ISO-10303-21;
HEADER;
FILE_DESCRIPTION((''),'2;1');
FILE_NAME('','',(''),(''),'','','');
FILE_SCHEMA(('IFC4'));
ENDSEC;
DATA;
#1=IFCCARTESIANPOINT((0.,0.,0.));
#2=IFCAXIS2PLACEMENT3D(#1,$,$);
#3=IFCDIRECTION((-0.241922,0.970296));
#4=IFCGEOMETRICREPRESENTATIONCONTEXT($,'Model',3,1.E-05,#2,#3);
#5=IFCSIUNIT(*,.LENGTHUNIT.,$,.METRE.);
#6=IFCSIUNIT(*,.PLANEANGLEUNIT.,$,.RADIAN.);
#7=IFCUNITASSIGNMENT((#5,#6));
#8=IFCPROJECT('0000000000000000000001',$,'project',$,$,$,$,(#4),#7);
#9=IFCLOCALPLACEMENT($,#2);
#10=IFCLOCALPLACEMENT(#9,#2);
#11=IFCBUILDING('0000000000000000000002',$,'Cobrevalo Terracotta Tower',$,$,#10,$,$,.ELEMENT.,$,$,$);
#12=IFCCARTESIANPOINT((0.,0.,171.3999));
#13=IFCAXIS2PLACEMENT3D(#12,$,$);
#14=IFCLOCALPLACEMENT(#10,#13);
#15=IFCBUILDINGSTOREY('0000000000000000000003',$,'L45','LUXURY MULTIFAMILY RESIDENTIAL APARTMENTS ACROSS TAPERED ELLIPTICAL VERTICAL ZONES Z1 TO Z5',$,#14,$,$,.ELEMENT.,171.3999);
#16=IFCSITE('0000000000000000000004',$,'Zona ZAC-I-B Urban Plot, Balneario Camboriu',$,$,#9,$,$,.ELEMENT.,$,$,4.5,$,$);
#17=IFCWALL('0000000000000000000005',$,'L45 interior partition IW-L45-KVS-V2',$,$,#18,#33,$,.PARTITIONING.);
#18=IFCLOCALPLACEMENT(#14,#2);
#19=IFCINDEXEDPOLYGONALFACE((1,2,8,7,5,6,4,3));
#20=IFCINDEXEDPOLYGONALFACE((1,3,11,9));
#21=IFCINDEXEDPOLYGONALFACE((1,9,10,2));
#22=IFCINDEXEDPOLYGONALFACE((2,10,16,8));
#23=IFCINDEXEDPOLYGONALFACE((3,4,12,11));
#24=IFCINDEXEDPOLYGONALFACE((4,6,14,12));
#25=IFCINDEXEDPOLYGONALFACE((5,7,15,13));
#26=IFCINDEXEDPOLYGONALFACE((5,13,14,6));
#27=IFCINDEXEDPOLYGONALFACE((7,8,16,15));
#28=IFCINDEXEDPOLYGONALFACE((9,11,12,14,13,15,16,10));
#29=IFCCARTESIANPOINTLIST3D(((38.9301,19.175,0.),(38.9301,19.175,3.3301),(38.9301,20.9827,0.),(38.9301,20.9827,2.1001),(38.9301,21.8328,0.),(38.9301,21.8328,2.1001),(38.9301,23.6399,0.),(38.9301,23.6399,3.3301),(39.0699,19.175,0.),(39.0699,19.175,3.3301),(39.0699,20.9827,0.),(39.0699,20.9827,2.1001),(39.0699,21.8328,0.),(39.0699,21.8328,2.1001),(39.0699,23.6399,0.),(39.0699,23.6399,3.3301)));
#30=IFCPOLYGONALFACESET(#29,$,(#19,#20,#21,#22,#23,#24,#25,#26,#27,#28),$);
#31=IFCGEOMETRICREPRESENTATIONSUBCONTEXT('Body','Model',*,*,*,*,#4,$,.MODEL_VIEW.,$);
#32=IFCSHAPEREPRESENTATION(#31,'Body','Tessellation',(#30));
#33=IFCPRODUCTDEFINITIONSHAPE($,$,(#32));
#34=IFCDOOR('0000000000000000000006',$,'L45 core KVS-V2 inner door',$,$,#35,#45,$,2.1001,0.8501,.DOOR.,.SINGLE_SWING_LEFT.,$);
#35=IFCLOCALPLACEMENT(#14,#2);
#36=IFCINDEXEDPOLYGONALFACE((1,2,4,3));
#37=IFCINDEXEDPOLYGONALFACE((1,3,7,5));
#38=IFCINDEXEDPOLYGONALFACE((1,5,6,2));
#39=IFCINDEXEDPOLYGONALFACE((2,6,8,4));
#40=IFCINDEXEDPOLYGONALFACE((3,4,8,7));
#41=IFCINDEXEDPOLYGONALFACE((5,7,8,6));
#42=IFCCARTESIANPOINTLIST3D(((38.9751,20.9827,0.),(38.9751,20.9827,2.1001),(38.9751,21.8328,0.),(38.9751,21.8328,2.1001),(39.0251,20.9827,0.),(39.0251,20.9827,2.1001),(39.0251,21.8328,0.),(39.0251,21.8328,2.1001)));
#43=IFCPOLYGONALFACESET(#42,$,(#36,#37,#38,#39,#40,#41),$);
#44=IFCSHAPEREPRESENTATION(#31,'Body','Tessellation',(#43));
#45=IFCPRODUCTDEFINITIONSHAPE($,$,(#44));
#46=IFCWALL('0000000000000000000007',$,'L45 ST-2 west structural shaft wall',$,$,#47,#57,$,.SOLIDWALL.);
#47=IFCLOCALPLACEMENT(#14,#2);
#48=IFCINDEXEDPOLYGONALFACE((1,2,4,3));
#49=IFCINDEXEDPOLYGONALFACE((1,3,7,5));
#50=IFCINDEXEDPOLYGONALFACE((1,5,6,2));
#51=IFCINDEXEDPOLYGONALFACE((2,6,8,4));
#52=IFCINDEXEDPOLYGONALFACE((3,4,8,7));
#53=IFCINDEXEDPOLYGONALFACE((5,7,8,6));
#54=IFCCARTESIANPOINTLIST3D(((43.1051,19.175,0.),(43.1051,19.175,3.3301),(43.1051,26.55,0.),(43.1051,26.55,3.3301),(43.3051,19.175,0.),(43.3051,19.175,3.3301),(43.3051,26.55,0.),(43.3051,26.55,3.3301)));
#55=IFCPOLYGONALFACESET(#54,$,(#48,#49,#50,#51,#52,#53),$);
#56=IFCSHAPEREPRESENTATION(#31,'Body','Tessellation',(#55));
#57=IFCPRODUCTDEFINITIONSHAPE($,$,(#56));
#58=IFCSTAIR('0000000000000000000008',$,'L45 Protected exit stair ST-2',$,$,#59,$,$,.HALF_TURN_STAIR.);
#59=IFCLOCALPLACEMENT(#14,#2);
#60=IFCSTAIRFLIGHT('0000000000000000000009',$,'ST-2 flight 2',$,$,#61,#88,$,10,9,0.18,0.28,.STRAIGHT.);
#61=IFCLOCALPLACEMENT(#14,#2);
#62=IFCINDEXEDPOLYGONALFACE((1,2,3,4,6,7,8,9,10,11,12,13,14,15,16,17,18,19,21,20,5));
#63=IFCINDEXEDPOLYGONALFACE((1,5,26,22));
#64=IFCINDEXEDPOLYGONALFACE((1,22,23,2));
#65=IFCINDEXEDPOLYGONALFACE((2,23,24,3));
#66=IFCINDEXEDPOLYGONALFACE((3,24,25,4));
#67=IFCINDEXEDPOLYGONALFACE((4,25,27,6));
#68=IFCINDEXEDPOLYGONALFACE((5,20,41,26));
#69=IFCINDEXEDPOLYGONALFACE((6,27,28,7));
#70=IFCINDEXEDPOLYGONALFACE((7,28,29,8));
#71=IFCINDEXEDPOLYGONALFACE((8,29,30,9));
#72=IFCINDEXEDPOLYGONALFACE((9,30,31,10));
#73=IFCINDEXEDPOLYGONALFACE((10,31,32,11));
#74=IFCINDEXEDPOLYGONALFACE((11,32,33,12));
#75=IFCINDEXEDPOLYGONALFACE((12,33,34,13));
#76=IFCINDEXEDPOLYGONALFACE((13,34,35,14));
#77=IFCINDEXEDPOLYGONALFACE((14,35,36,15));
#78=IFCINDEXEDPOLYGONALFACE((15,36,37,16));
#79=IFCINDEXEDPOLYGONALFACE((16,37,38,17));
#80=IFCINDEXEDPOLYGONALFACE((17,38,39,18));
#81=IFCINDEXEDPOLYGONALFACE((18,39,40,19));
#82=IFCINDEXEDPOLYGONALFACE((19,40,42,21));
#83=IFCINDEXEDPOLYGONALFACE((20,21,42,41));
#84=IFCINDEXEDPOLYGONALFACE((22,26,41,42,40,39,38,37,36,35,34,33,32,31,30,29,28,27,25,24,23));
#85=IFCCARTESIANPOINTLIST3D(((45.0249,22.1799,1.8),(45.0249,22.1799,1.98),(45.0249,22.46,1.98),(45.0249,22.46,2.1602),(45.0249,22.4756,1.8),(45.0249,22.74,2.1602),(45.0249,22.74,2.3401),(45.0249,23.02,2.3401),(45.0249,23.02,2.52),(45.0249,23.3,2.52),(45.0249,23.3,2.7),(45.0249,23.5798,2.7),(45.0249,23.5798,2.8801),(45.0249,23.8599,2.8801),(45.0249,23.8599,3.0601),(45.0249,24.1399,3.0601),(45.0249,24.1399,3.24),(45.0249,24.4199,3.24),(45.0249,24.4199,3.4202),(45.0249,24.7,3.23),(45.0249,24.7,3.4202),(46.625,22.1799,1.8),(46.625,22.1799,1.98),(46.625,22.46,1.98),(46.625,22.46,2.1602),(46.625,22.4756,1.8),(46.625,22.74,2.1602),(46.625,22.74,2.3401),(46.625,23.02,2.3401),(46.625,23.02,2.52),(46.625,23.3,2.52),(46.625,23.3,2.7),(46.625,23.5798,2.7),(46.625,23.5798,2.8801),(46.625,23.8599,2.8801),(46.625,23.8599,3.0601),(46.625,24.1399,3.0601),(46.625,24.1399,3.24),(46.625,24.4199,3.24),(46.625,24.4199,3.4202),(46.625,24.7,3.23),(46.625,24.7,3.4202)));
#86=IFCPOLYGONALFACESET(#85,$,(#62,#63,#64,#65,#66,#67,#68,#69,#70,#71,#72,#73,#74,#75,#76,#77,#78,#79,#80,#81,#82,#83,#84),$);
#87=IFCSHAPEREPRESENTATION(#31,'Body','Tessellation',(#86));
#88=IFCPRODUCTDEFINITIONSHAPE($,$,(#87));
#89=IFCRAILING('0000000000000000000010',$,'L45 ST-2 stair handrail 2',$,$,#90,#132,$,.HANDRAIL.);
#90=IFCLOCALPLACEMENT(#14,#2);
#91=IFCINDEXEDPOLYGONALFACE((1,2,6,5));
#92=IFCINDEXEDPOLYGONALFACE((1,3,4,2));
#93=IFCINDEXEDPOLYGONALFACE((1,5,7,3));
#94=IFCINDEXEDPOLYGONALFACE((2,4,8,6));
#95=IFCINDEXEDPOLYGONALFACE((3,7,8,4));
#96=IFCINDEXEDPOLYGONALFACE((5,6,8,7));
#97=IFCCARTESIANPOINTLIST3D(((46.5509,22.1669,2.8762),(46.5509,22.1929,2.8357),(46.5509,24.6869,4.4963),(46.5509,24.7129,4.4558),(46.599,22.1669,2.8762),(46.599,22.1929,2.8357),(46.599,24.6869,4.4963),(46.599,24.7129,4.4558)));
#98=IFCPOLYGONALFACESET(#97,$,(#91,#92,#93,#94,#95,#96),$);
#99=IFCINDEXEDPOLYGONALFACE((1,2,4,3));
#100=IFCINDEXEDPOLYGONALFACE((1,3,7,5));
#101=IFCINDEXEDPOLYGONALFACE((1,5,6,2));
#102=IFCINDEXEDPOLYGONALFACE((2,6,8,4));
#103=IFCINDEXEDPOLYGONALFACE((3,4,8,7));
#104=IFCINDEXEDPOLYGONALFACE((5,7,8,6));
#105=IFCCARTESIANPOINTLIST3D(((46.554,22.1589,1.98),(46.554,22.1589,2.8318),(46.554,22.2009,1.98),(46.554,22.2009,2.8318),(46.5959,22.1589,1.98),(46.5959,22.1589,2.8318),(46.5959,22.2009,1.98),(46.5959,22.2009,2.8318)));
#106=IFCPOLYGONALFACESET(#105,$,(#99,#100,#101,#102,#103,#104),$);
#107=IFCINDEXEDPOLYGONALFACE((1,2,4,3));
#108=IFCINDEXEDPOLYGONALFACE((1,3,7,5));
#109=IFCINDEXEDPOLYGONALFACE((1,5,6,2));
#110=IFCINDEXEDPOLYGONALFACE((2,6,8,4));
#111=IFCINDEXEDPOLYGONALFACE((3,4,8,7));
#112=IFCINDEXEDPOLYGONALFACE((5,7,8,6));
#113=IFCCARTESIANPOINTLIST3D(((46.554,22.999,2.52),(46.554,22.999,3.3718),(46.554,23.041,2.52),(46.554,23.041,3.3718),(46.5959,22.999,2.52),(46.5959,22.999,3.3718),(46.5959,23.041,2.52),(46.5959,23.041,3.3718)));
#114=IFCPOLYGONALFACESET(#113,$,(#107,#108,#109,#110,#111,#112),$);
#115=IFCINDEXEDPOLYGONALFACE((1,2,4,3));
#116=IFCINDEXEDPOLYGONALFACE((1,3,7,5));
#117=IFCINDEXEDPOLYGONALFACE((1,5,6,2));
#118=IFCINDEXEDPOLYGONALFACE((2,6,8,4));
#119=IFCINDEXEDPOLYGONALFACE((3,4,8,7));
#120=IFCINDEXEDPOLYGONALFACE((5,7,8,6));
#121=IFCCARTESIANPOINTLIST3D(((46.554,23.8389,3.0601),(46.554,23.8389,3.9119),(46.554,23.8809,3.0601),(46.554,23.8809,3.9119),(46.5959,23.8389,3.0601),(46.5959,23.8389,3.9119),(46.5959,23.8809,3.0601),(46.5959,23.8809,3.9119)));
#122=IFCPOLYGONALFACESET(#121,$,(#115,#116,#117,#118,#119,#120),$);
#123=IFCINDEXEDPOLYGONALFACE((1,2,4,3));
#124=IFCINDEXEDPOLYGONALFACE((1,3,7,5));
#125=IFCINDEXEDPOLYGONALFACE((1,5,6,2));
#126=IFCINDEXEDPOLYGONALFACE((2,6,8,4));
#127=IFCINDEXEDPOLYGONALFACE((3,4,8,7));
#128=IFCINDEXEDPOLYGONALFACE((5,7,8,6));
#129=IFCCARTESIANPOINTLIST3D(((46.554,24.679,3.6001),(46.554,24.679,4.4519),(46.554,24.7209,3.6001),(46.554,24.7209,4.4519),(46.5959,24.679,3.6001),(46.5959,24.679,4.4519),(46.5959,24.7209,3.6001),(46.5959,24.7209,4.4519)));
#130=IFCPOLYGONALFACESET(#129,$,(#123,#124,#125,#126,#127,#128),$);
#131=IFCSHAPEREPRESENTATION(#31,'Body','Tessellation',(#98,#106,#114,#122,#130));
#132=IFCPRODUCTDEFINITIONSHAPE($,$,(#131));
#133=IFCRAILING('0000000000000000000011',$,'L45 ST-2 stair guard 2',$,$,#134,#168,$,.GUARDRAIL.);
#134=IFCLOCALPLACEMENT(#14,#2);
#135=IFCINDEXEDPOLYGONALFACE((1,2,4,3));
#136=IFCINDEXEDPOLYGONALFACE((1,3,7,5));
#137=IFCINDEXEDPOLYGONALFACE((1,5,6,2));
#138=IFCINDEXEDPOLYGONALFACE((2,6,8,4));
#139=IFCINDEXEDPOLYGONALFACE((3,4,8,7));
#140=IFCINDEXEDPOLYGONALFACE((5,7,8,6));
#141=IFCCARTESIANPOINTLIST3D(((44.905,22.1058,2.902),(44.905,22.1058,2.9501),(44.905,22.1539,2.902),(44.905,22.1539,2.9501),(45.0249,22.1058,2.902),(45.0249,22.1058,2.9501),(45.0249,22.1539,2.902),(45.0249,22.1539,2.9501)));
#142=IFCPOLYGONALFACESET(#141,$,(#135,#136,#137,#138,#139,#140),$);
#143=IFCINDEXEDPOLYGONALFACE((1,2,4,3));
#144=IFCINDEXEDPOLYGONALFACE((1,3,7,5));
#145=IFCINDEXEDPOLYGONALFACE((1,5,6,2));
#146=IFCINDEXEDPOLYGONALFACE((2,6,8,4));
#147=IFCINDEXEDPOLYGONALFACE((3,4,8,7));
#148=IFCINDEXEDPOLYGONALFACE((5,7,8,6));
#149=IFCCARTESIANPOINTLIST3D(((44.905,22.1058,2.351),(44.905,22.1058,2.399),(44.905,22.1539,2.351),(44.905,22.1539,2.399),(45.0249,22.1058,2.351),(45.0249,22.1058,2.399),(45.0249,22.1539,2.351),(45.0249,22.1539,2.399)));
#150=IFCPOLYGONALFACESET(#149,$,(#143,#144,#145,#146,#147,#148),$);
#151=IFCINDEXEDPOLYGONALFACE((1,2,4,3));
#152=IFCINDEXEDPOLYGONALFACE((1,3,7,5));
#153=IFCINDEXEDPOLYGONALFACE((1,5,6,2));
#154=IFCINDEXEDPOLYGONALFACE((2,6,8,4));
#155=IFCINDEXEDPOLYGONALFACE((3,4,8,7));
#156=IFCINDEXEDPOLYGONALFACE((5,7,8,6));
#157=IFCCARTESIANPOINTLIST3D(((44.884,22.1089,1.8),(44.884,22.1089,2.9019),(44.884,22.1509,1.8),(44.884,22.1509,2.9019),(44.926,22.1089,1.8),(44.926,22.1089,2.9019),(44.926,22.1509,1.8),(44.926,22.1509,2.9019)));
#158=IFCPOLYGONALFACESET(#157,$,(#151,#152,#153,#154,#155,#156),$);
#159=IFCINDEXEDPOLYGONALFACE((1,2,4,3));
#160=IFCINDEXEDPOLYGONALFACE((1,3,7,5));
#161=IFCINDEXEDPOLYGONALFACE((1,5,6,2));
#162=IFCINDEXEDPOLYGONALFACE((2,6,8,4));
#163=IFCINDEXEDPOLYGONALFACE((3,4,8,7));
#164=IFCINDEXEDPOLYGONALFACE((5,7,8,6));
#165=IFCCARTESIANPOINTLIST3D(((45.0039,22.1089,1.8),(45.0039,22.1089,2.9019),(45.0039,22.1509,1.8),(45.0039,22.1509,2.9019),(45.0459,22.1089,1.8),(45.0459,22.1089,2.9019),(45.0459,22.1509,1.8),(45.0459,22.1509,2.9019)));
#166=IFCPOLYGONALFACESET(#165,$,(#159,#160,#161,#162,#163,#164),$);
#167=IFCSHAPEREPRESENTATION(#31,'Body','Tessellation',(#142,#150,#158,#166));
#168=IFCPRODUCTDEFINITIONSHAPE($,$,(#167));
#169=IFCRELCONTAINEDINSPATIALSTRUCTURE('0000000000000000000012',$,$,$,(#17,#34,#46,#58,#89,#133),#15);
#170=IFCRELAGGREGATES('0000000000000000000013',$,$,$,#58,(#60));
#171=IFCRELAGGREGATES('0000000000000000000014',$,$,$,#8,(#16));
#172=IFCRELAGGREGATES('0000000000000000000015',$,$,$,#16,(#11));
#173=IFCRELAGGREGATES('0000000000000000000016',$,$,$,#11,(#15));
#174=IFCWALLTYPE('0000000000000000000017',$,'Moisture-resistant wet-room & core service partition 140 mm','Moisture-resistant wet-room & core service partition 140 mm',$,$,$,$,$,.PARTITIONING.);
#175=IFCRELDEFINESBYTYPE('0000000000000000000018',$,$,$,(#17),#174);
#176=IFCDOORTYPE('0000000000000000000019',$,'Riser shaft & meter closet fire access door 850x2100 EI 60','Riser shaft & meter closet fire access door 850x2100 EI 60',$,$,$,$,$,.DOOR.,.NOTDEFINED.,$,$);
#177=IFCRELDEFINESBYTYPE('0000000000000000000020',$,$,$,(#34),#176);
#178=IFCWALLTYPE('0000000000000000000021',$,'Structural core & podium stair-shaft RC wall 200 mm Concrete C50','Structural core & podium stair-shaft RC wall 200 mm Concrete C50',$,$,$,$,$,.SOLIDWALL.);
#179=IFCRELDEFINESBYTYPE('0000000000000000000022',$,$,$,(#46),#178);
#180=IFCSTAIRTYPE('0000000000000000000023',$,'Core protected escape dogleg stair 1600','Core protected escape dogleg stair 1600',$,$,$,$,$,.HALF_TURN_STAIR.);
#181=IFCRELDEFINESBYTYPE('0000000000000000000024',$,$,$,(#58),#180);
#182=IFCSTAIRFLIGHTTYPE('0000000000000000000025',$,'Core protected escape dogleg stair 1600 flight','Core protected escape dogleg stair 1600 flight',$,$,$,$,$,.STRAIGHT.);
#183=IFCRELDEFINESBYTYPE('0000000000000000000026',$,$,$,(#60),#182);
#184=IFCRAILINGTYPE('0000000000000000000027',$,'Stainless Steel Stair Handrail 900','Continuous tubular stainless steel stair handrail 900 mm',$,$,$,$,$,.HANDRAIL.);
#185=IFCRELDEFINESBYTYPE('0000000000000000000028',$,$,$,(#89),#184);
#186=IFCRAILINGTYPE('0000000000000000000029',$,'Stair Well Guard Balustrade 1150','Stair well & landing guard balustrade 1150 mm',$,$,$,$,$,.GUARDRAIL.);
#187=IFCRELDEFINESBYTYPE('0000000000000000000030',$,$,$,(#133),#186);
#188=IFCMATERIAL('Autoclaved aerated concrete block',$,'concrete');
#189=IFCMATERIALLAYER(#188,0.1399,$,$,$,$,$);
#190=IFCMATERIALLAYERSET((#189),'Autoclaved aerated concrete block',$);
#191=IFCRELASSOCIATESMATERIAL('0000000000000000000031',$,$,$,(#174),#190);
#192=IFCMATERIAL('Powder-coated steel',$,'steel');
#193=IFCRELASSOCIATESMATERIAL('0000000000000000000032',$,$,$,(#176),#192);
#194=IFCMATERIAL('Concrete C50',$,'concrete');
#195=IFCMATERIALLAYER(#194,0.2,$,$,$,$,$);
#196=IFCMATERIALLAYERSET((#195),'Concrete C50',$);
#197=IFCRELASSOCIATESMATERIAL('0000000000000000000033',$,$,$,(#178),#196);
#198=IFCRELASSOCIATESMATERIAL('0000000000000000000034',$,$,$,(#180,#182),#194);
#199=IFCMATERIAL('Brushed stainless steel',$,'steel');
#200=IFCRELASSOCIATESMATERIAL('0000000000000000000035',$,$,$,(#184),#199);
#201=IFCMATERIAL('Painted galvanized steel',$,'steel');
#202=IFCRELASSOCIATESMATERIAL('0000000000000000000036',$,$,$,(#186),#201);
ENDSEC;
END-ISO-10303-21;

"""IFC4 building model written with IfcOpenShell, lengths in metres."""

from ifc_helpers import new_model, si_unit, direction, frame, frame_2d, origin, origin_2d, place, context, subcontext, project, spatial, polyline, rectangle, outline, extrude, source, transform, mapped, material, layer, layer_set, type_object, element, fill, aggregate, save


model = new_model("IFC4")

# Units and contexts
model_context = context("Model", 3, precision=1e-05, world=origin(), true_north=direction((-0.241922, 0.970296)))
body_context = subcontext(model_context, "Body", "Model", "MODEL_VIEW")
ifc_project = project(units=[si_unit("LENGTHUNIT", "METRE"), si_unit("PLANEANGLEUNIT", "RADIAN")], contexts=[model_context])

# Site, building, storey
site_placement = place(None, origin())
site = spatial("IfcSite", under=ifc_project, at=site_placement, Name="Zona ZAC-I-B Urban Plot, Balneario Camboriu", CompositionType="ELEMENT", RefElevation=4.5)
building_placement = place(site_placement, origin())
building = spatial("IfcBuilding", under=site, at=building_placement, Name="Cobrevalo Terracotta Tower", CompositionType="ELEMENT")
storey_placement = place(building_placement, frame((0.0, 0.0, 171.3999)))
storey = spatial("IfcBuildingStorey", under=building, at=storey_placement, Name="L45", Description="LUXURY MULTIFAMILY RESIDENTIAL APARTMENTS ACROSS TAPERED ELLIPTICAL VERTICAL ZONES Z1 TO Z5", CompositionType="ELEMENT", Elevation=171.3999)

# Shared definitions
ifc_material_1 = material(Name="Autoclaved aerated concrete block", Category="concrete")

# Shared definitions
ifc_material_2 = material(Name="Concrete C50", Category="concrete")

# Shared definitions
ifc_layer_1 = layer(ifc_material_1, 0.1399)
ifc_layer_set_1 = layer_set([ifc_layer_1], Name="Autoclaved aerated concrete block")
wall_type_1 = type_object("IfcWallType", Name="Moisture-resistant wet-room & core service partition 140 mm", Description="Moisture-resistant wet-room & core service partition 140 mm", PredefinedType="PARTITIONING", material=ifc_layer_set_1)

# Wall, opening, door
ifc_material_3 = material(Name="Powder-coated steel", Category="steel")
door_type_1 = type_object("IfcDoorType", Name="Riser shaft & meter closet fire access door 850x2100 EI 60", Description="Riser shaft & meter closet fire access door 850x2100 EI 60", OperationType="NOTDEFINED", PredefinedType="DOOR", material=ifc_material_3)
shared_shape_1 = source(origin(), body_context, "Body", "SweptSolid", [
    extrude(rectangle(XDim=0.8501, YDim=2.1001, at=frame_2d((0.425, 1.05))), frame((0.0, 0.0249, 0.0), z_axis=(0.0, -1.0, 0.0), x_axis=(1.0, 0.0, 0.0)), (0.0, 0.0, 1.0), 0.05),
])
wall_1_placement = place(storey_placement, frame((39.0, 19.175, 0.0), z_axis=(0.0, 0.0, 1.0), x_axis=(0.0, 1.0, 0.0)))
wall_1 = element("IfcWall", 1, at=wall_1_placement, inside=storey, type_object=wall_type_1, Name="L45 interior partition IW-L45-KVS-V2", PredefinedType="PARTITIONING", context=body_context, shape_type="SweptSolid", body=[
    extrude(rectangle(XDim=4.4648, YDim=0.1399, at=frame_2d((2.2324, 0.0))), origin(), (0.0, 0.0, 1.0), 3.3301),
])
opening_1_placement = place(wall_1_placement, frame((1.8076, 0.0, 0.0)))
opening_1 = element("IfcOpeningElement", 2, at=opening_1_placement, cuts=wall_1, PredefinedType="OPENING", context=body_context, shape_type="SweptSolid", body=[
    extrude(rectangle(XDim=0.8501, YDim=2.1001, at=frame_2d((0.425, 1.05))), frame((0.0, 0.0801, 0.0), z_axis=(0.0, -1.0, 0.0), x_axis=(1.0, 0.0, 0.0)), (0.0, 0.0, 1.0), 0.1599),
])
door_1_placement = place(opening_1_placement, origin())
door_1 = element("IfcDoor", 3, at=door_1_placement, inside=storey, type_object=door_type_1, Name="L45 core KVS-V2 inner door", OperationType="SINGLE_SWING_LEFT", OverallHeight=2.1001, OverallWidth=0.8501, PredefinedType="DOOR", context=body_context, shape_type="MappedRepresentation", body=[
    mapped(shared_shape_1, transform((0.0, 0.0, 0.0), scale=1.0)),
])
fill(opening_1, door_1)

# Wall
ifc_layer_2 = layer(ifc_material_2, 0.2)
ifc_layer_set_2 = layer_set([ifc_layer_2], Name="Concrete C50")
wall_type_2 = type_object("IfcWallType", Name="Structural core & podium stair-shaft RC wall 200 mm Concrete C50", Description="Structural core & podium stair-shaft RC wall 200 mm Concrete C50", PredefinedType="SOLIDWALL", material=ifc_layer_set_2)
wall_2_placement = place(storey_placement, frame((43.2051, 19.175, 0.0), z_axis=(0.0, 0.0, 1.0), x_axis=(0.0, 1.0, 0.0)))
element("IfcWall", 4, at=wall_2_placement, inside=storey, type_object=wall_type_2, Name="L45 ST-2 west structural shaft wall", PredefinedType="SOLIDWALL", context=body_context, shape_type="SweptSolid", body=[
    extrude(rectangle(XDim=7.375, YDim=0.2, at=frame_2d((3.6875, 0.0))), origin(), (0.0, 0.0, 1.0), 3.3301),
])

# Stair, stair flight
stair_type = type_object("IfcStairType", Name="Core protected escape dogleg stair 1600", Description="Core protected escape dogleg stair 1600", PredefinedType="HALF_TURN_STAIR", material=ifc_material_2)
stair_placement = place(storey_placement, origin())
stair = element("IfcStair", 5, at=stair_placement, inside=storey, type_object=stair_type, Name="L45 Protected exit stair ST-2", PredefinedType="HALF_TURN_STAIR")
stair_flight_type = type_object("IfcStairFlightType", Name="Core protected escape dogleg stair 1600 flight", Description="Core protected escape dogleg stair 1600 flight", PredefinedType="STRAIGHT", material=ifc_material_2)
stair_flight_placement = place(storey_placement, frame((45.825, 22.1799, 1.8), z_axis=(0.0, 0.0, 1.0), x_axis=(0.0, 1.0, 0.0)))
stair_flight = element("IfcStairFlight", 6, at=stair_flight_placement, type_object=stair_flight_type, Name="ST-2 flight 2", NumberOfRisers=10, NumberOfTreads=9, PredefinedType="STRAIGHT", RiserHeight=0.18, TreadLength=0.28, context=body_context, shape_type="SweptSolid", body=[
    extrude(outline(polyline([(0.0, 0.0), (0.0, 0.1799), (0.28, 0.1799), (0.28, 0.3601), (0.5601, 0.3601), (0.5601, 0.54), (0.8401, 0.54), (0.8401, 0.72), (1.1201, 0.72), (1.1201, 0.8999), (1.3999, 0.8999), (1.3999, 1.0801), (1.6799, 1.0801), (1.6799, 1.26), (1.96, 1.26), (1.96, 1.4399), (2.24, 1.4399), (2.24, 1.6201), (2.52, 1.6201), (2.52, 1.8), (2.52, 1.4299), (0.2957, 0.0), (0.0, 0.0)])), frame((0.0, 0.8, 0.0), z_axis=(0.0, -1.0, 0.0), x_axis=(1.0, 0.0, 0.0)), (0.0, 0.0, 1.0), 1.6001),
])
aggregate(stair, [stair_flight])

# Railings
ifc_material_4 = material(Name="Brushed stainless steel", Category="steel")
railing_type_1 = type_object("IfcRailingType", Name="Stainless Steel Stair Handrail 900", Description="Continuous tubular stainless steel stair handrail 900 mm", PredefinedType="HANDRAIL", material=ifc_material_4)
railing_1_placement = place(storey_placement, frame((46.575, 22.1799, 1.98)))
element("IfcRailing", 7, at=railing_1_placement, inside=storey, type_object=railing_type_1, Name="L45 ST-2 stair handrail 2", PredefinedType="HANDRAIL", context=body_context, shape_type="SweptSolid", body=[
    extrude(rectangle(XDim=0.0481, YDim=0.0481, at=origin_2d()), frame((0.0, 0.0, 0.876), z_axis=(0.0, 0.841163, 0.540782), x_axis=(-1.0, 0.0, 0.0)), (0.0, 0.0, 1.0), 2.9958),
    extrude(rectangle(XDim=0.042, YDim=0.042, at=origin_2d()), origin(), (0.0, 0.0, 1.0), 0.8518),
    extrude(rectangle(XDim=0.042, YDim=0.042, at=origin_2d()), frame((0.0, 0.8401, 0.54)), (0.0, 0.0, 1.0), 0.8518),
    extrude(rectangle(XDim=0.042, YDim=0.042, at=origin_2d()), frame((0.0, 1.6799, 1.0801)), (0.0, 0.0, 1.0), 0.8518),
    extrude(rectangle(XDim=0.042, YDim=0.042, at=origin_2d()), frame((0.0, 2.52, 1.6201)), (0.0, 0.0, 1.0), 0.8518),
])
ifc_material_5 = material(Name="Painted galvanized steel", Category="steel")
railing_type_2 = type_object("IfcRailingType", Name="Stair Well Guard Balustrade 1150", Description="Stair well & landing guard balustrade 1150 mm", PredefinedType="GUARDRAIL", material=ifc_material_5)
railing_2_placement = place(storey_placement, frame((44.905, 22.1299, 1.8)))
element("IfcRailing", 8, at=railing_2_placement, inside=storey, type_object=railing_type_2, Name="L45 ST-2 stair guard 2", PredefinedType="GUARDRAIL", context=body_context, shape_type="SweptSolid", body=[
    extrude(rectangle(XDim=0.0481, YDim=0.0481, at=origin_2d()), frame((0.0, 0.0, 1.126), z_axis=(1.0, 0.0, 0.0), x_axis=(0.0, 1.0, 0.0)), (0.0, 0.0, 1.0), 0.1199),
    extrude(rectangle(XDim=0.0481, YDim=0.0481, at=origin_2d()), frame((0.0, 0.0, 0.575), z_axis=(1.0, 0.0, 0.0), x_axis=(0.0, 1.0, 0.0)), (0.0, 0.0, 1.0), 0.1199),
    extrude(rectangle(XDim=0.042, YDim=0.042, at=origin_2d()), origin(), (0.0, 0.0, 1.0), 1.1018),
    extrude(rectangle(XDim=0.042, YDim=0.042, at=origin_2d()), frame((0.1199, 0.0, 0.0)), (0.0, 0.0, 1.0), 1.1018),
])

save(model, "model.ifc")
